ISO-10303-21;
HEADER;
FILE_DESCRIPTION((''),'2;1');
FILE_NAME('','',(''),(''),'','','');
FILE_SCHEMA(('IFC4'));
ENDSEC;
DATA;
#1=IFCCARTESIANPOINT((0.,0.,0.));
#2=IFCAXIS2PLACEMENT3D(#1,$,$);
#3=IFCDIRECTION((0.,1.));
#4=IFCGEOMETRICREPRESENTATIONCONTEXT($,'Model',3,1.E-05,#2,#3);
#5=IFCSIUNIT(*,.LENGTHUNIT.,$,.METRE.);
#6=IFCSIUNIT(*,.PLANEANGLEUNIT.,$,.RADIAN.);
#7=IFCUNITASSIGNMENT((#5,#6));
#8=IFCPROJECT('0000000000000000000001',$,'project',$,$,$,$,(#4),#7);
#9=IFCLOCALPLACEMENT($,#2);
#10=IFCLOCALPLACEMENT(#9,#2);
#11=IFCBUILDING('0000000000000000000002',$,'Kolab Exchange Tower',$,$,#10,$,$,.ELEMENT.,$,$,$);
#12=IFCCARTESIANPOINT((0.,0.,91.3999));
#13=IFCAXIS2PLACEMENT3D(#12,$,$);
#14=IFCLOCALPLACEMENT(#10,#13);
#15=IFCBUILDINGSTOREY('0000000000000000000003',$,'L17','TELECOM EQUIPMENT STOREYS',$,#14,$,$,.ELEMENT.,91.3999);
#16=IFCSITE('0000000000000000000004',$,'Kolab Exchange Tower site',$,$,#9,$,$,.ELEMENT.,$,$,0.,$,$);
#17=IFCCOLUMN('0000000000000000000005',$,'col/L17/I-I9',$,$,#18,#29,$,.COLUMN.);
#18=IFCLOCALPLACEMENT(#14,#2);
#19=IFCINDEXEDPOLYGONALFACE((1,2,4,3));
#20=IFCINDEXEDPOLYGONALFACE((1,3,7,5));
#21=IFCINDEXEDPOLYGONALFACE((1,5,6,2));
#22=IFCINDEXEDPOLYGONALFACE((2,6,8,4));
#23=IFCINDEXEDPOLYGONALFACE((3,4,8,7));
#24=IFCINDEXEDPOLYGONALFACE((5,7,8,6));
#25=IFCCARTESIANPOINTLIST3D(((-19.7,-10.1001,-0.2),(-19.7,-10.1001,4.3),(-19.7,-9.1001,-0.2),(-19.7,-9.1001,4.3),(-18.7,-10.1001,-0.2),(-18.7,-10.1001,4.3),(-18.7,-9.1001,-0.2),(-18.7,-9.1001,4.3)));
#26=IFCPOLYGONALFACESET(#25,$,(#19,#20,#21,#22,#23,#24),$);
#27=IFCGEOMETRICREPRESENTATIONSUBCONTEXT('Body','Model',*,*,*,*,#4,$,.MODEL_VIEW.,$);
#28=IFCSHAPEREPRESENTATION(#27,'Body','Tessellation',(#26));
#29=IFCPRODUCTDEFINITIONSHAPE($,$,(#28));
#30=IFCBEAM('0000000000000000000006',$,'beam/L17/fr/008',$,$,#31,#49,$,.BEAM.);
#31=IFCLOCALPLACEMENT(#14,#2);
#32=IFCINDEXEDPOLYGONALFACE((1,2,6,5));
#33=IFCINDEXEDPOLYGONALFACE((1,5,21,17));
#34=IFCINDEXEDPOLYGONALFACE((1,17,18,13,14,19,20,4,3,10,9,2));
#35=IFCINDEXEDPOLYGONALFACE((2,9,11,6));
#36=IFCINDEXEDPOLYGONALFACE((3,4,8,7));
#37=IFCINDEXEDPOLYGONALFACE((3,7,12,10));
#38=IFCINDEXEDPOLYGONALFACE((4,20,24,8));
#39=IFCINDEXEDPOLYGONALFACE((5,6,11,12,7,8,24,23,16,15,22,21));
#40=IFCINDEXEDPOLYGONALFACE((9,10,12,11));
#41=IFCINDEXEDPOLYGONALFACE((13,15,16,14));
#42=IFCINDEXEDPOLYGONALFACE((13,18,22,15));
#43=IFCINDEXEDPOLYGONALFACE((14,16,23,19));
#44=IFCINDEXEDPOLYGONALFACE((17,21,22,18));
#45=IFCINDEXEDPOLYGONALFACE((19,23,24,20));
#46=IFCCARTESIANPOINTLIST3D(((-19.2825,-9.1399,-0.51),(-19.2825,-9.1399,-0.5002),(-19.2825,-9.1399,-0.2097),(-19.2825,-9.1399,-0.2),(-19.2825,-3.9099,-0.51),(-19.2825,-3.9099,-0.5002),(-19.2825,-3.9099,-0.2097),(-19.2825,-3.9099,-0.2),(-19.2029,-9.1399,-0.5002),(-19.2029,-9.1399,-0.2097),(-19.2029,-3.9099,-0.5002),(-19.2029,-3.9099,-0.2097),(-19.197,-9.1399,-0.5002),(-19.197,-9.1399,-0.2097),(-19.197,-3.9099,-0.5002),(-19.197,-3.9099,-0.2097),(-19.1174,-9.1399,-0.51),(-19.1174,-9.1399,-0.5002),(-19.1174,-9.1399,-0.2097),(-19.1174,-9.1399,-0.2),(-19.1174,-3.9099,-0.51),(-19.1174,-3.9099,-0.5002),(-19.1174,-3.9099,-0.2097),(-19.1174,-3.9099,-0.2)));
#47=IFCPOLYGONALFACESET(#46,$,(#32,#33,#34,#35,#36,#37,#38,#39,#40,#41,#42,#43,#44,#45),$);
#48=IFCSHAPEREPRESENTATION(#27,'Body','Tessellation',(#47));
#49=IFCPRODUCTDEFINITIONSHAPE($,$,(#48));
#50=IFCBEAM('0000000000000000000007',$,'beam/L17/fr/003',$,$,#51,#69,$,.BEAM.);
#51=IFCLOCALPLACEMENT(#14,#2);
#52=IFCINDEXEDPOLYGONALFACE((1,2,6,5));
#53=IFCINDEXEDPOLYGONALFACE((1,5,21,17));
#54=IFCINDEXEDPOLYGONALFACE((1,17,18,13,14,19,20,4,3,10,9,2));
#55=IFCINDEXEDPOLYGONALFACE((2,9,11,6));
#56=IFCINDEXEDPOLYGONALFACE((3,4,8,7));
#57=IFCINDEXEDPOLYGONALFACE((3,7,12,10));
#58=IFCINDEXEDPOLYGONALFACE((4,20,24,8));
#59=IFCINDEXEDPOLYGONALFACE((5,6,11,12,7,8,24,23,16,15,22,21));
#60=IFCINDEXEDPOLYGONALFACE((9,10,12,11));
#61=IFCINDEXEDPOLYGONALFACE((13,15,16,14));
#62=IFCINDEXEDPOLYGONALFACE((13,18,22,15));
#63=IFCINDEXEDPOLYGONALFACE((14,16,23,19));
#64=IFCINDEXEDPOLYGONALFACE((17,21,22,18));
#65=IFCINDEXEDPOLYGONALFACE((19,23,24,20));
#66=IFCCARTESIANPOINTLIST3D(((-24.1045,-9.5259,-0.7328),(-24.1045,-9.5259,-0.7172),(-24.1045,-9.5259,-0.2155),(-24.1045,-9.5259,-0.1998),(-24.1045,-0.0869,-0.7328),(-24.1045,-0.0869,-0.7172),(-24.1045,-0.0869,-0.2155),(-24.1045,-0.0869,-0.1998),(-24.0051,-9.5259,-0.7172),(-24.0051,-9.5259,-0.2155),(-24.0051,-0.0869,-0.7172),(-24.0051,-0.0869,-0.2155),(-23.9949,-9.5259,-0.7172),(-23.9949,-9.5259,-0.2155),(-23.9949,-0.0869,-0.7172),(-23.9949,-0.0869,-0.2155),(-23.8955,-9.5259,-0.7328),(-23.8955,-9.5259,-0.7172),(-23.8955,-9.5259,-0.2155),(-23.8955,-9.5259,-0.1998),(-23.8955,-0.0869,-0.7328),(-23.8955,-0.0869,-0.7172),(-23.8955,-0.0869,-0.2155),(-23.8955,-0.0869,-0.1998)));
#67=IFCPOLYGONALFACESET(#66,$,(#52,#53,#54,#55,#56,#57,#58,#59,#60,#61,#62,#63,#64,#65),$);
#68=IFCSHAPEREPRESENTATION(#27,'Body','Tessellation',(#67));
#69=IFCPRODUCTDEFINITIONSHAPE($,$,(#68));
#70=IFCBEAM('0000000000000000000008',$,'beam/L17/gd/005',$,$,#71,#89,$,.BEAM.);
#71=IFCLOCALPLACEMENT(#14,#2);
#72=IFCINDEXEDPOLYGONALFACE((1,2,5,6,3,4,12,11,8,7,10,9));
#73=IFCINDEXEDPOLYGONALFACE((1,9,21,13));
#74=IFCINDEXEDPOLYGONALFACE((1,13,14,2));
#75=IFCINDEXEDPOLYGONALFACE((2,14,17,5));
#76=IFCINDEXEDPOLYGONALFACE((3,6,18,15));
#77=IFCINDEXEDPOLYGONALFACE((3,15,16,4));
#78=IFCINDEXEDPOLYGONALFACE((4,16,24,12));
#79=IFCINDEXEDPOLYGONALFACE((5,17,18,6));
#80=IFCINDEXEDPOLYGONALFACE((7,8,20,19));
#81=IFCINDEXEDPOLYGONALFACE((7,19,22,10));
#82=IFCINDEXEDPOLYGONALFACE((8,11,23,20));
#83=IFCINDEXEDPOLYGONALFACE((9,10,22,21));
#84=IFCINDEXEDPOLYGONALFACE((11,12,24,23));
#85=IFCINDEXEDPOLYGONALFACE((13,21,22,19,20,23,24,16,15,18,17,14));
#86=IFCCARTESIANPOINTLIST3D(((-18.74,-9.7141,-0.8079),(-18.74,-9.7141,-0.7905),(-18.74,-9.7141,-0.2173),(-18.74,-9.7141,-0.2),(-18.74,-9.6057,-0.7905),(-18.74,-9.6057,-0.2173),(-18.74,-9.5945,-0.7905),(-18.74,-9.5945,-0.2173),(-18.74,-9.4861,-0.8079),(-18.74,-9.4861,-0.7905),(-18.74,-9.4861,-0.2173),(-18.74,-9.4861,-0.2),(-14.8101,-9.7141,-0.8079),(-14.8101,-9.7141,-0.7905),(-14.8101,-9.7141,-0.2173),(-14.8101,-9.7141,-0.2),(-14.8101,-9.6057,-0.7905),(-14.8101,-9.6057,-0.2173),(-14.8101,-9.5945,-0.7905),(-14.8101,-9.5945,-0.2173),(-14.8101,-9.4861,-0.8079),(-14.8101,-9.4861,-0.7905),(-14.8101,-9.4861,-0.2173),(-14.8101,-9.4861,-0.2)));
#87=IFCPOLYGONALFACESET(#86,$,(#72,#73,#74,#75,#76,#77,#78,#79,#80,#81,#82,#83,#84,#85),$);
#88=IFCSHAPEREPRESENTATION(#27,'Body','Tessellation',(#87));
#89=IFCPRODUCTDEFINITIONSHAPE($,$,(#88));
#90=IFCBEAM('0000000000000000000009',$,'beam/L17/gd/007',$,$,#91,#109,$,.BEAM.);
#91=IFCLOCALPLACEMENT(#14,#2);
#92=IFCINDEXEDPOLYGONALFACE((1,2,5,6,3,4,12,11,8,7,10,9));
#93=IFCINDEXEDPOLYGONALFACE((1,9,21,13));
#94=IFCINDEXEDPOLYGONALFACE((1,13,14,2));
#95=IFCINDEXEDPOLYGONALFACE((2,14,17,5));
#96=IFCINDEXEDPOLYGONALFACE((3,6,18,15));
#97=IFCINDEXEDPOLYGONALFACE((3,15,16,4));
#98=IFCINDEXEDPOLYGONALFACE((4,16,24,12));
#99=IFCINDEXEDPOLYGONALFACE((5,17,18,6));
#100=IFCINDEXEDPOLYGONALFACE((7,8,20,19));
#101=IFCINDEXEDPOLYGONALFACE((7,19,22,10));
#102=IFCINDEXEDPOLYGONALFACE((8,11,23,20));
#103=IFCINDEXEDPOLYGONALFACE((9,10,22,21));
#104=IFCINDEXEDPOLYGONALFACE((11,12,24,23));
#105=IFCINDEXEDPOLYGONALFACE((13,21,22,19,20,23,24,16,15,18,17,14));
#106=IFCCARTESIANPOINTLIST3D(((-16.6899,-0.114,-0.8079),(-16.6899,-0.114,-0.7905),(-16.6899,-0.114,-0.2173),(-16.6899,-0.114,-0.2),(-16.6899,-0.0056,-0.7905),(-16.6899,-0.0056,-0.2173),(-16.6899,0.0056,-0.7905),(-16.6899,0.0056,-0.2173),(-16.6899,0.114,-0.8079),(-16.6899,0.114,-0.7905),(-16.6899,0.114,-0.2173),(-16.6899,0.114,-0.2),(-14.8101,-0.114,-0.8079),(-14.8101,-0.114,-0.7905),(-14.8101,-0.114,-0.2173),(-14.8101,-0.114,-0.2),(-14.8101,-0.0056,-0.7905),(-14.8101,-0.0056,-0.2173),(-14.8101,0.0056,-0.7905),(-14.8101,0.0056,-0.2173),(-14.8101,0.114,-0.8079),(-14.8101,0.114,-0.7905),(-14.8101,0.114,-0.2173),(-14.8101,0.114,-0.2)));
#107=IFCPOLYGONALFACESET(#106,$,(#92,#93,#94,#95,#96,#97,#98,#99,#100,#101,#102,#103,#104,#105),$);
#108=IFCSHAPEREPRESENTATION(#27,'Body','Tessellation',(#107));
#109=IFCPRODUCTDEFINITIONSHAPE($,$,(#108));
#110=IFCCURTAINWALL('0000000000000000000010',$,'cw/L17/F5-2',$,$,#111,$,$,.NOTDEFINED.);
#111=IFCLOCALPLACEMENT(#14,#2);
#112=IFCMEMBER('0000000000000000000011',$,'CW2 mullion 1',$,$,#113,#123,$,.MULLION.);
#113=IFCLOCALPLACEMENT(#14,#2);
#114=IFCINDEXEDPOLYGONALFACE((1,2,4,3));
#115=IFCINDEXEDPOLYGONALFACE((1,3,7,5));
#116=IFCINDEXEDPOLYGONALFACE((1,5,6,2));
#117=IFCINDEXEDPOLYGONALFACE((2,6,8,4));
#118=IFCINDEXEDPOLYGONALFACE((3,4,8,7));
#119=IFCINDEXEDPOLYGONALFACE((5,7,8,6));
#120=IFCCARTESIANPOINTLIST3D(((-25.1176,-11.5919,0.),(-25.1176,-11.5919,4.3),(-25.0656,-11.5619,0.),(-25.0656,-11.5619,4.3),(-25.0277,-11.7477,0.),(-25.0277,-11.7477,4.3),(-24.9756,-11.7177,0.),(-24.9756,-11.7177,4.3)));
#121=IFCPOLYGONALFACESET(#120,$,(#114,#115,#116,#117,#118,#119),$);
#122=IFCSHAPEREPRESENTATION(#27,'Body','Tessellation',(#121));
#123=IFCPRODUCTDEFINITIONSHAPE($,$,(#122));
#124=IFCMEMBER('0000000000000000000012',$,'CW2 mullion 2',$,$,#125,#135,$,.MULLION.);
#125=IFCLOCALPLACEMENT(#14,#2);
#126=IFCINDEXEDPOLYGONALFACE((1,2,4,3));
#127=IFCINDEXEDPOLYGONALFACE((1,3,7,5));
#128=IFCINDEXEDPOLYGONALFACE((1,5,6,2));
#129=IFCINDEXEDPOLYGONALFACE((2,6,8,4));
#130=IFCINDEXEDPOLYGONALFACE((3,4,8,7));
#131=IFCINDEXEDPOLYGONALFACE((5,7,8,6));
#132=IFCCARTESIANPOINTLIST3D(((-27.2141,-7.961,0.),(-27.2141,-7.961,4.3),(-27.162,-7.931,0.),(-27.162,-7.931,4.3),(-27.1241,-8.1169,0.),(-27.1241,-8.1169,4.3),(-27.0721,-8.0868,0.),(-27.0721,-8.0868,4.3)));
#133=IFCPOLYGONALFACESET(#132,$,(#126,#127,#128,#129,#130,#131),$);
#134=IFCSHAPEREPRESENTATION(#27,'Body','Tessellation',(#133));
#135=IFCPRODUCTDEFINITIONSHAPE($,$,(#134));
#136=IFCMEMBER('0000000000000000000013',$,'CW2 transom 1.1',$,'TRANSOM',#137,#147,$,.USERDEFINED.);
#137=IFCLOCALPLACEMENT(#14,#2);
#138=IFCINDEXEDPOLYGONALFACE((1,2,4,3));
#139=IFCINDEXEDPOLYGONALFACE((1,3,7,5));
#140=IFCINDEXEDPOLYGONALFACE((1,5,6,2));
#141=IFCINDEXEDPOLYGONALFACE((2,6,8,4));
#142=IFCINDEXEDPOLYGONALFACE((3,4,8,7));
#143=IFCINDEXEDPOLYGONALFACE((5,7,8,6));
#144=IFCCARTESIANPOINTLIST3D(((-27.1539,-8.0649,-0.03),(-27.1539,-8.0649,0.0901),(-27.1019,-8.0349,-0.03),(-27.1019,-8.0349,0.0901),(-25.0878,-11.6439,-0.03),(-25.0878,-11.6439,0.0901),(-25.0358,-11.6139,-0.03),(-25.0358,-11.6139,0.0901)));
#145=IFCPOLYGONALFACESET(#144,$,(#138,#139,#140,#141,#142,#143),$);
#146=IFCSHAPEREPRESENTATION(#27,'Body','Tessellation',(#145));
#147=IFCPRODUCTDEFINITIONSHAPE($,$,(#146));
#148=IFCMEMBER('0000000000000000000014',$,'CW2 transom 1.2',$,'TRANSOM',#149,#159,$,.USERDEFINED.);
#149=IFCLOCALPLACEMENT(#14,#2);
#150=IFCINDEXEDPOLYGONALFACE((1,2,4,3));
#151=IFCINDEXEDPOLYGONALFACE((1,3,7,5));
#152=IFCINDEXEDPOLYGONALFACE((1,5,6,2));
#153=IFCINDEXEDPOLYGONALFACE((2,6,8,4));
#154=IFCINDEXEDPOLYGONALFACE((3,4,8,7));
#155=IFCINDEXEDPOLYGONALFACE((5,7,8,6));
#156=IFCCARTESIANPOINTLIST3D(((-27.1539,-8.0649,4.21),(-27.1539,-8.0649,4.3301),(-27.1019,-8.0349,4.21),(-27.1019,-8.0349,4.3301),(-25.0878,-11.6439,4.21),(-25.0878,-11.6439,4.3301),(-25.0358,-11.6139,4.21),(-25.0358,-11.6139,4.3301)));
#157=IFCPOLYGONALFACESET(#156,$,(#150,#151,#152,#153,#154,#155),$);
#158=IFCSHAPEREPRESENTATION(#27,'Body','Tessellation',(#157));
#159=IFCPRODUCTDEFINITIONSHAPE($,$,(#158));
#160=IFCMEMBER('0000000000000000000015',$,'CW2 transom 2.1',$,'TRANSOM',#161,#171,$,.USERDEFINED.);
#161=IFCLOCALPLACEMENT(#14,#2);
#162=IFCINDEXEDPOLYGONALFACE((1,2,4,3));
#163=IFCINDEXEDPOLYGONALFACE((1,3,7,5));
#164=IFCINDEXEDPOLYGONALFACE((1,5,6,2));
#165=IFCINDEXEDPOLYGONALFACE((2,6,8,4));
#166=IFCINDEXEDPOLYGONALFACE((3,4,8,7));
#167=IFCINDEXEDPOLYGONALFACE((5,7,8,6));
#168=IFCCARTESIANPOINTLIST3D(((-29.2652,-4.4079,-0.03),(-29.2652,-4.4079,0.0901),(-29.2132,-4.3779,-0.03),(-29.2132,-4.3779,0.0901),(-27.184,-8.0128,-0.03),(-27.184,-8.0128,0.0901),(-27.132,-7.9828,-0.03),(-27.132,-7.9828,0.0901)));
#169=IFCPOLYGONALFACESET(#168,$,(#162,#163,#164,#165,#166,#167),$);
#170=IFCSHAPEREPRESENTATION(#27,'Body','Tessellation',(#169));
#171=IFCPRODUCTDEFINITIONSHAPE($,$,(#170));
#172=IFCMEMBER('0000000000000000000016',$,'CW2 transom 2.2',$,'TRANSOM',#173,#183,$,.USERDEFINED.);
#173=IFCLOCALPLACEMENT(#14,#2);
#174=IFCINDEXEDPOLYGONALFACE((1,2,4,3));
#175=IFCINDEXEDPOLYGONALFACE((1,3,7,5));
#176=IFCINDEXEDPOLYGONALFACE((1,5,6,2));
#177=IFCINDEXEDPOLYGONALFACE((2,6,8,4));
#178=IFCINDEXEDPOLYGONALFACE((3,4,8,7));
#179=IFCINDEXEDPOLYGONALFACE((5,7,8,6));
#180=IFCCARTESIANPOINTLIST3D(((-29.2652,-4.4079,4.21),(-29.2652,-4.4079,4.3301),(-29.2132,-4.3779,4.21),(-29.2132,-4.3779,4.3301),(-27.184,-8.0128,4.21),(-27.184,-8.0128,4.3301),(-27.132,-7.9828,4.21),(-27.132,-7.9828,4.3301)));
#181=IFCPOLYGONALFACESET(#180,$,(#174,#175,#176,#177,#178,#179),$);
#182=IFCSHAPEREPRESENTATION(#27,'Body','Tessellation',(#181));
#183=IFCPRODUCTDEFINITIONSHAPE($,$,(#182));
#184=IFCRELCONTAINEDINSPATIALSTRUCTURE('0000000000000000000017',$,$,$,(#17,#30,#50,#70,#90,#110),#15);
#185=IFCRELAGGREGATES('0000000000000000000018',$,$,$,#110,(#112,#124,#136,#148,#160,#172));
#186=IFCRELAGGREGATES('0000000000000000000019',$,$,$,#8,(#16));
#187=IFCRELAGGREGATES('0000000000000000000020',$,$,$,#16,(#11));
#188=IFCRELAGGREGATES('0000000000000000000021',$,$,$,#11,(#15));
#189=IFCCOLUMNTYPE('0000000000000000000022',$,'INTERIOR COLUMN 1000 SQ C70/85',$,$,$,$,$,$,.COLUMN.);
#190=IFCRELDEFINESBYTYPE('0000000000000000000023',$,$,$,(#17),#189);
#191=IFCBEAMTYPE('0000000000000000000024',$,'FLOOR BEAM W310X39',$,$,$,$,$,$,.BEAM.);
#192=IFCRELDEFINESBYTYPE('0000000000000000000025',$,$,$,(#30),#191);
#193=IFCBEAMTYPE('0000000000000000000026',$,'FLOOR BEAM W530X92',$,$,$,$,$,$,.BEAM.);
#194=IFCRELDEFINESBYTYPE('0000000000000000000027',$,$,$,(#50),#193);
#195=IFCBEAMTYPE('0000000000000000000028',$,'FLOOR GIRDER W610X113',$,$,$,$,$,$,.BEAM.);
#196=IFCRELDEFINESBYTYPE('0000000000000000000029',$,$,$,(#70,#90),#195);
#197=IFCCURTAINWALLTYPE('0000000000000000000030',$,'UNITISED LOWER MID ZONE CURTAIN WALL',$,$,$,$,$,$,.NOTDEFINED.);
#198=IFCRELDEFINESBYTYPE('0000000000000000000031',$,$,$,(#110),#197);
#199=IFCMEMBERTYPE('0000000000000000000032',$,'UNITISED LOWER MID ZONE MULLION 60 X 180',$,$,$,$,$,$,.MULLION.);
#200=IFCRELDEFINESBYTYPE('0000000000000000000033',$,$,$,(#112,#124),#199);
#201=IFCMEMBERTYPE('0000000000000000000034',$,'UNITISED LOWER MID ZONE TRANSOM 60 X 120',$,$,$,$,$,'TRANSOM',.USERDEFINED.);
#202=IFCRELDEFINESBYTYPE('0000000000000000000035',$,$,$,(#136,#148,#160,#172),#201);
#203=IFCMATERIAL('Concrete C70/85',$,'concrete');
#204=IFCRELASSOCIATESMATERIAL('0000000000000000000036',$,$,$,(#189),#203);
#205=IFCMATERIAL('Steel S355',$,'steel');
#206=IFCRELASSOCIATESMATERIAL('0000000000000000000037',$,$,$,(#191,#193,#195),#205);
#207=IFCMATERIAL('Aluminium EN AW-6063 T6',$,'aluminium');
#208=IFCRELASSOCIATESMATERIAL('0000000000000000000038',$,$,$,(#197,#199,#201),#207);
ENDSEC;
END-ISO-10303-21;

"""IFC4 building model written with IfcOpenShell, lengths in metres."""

from ifc_helpers import new_model, si_unit, direction, frame, origin, origin_2d, place, context, subcontext, project, spatial, rectangle, i_section, extrude, material, material_profile, profile_set, type_object, element, aggregate, save


model = new_model("IFC4")

# Units and contexts
model_context = context("Model", 3, precision=1e-05, world=origin(), true_north=direction((0.0, 1.0)))
body_context = subcontext(model_context, "Body", "Model", "MODEL_VIEW")
ifc_project = project(units=[si_unit("LENGTHUNIT", "METRE"), si_unit("PLANEANGLEUNIT", "RADIAN")], contexts=[model_context])

# Site, building, storey
site_placement = place(None, origin())
site = spatial("IfcSite", under=ifc_project, at=site_placement, Name="Kolab Exchange Tower site", CompositionType="ELEMENT", RefElevation=0.0)
building_placement = place(site_placement, origin())
building = spatial("IfcBuilding", under=site, at=building_placement, Name="Kolab Exchange Tower", CompositionType="ELEMENT")
storey_placement = place(building_placement, frame((0.0, 0.0, 91.3999)))
storey = spatial("IfcBuildingStorey", under=building, at=storey_placement, Name="L17", Description="TELECOM EQUIPMENT STOREYS", CompositionType="ELEMENT", Elevation=91.3999)

# Column
ifc_material_1 = material(Name="Concrete C70/85", Category="concrete")
ifc_material_profile_1 = material_profile(ifc_material_1, rectangle(XDim=1.0, YDim=1.0, at=origin_2d()), Name="RC1000")
ifc_profile_set_1 = profile_set([ifc_material_profile_1], Name="Concrete C70/85")
column_type = type_object("IfcColumnType", Name="INTERIOR COLUMN 1000 SQ C70/85", PredefinedType="COLUMN", material=ifc_profile_set_1)
column_placement = place(storey_placement, frame((-19.2, -9.6001, -0.2), z_axis=(0.0, 0.0, 1.0), x_axis=(1.0, 0.0, 0.0)))
element("IfcColumn", 1, at=column_placement, inside=storey, type_object=column_type, Name="col/L17/I-I9", PredefinedType="COLUMN", context=body_context, shape_type="SweptSolid", body=[
    extrude(rectangle(XDim=1.0, YDim=1.0, at=origin_2d()), origin(), (0.0, 0.0, 1.0), 4.5),
])

# Beams
ifc_material_2 = material(Name="Steel S355", Category="steel")
ifc_material_profile_2 = material_profile(ifc_material_2, i_section(OverallWidth=0.165, OverallDepth=0.3101, WebThickness=0.0059, FlangeThickness=0.0098, at=origin_2d()), Name="W310X39")
ifc_profile_set_2 = profile_set([ifc_material_profile_2], Name="Steel S355")
beam_type_1 = type_object("IfcBeamType", Name="FLOOR BEAM W310X39", PredefinedType="BEAM", material=ifc_profile_set_2)
beam_1_placement = place(storey_placement, frame((-19.2, -9.1399, -0.355), z_axis=(0.0, 1.0, 0.0), x_axis=(-1.0, 0.0, 0.0)))
element("IfcBeam", 2, at=beam_1_placement, inside=storey, type_object=beam_type_1, Name="beam/L17/fr/008", PredefinedType="BEAM", context=body_context, shape_type="SweptSolid", body=[
    extrude(i_section(OverallWidth=0.165, OverallDepth=0.3101, WebThickness=0.0059, FlangeThickness=0.0098, at=origin_2d()), origin(), (0.0, 0.0, 1.0), 5.23),
])
ifc_material_profile_3 = material_profile(ifc_material_2, i_section(OverallWidth=0.209, OverallDepth=0.533, WebThickness=0.0103, FlangeThickness=0.0156, at=origin_2d()), Name="W530X92")
ifc_profile_set_3 = profile_set([ifc_material_profile_3], Name="Steel S355")
beam_type_2 = type_object("IfcBeamType", Name="FLOOR BEAM W530X92", PredefinedType="BEAM", material=ifc_profile_set_3)
beam_2_placement = place(storey_placement, frame((-24.0, -9.5259, -0.4663), z_axis=(0.0, 1.0, 0.0), x_axis=(-1.0, 0.0, 0.0)))
element("IfcBeam", 3, at=beam_2_placement, inside=storey, type_object=beam_type_2, Name="beam/L17/fr/003", PredefinedType="BEAM", context=body_context, shape_type="SweptSolid", body=[
    extrude(i_section(OverallWidth=0.209, OverallDepth=0.533, WebThickness=0.0103, FlangeThickness=0.0156, at=origin_2d()), origin(), (0.0, 0.0, 1.0), 9.439),
])
ifc_material_profile_4 = material_profile(ifc_material_2, i_section(OverallWidth=0.228, OverallDepth=0.6079, WebThickness=0.0112, FlangeThickness=0.0173, at=origin_2d()), Name="W610X113")
ifc_profile_set_4 = profile_set([ifc_material_profile_4], Name="Steel S355")
beam_type_3 = type_object("IfcBeamType", Name="FLOOR GIRDER W610X113", PredefinedType="BEAM", material=ifc_profile_set_4)
beam_3_placement = place(storey_placement, frame((-18.74, -9.6001, -0.5039), z_axis=(1.0, 0.0, 0.0), x_axis=(0.0, 1.0, 0.0)))
element("IfcBeam", 4, at=beam_3_placement, inside=storey, type_object=beam_type_3, Name="beam/L17/gd/005", PredefinedType="BEAM", context=body_context, shape_type="SweptSolid", body=[
    extrude(i_section(OverallWidth=0.228, OverallDepth=0.6079, WebThickness=0.0112, FlangeThickness=0.0173, at=origin_2d()), origin(), (0.0, 0.0, 1.0), 3.9299),
])
beam_4_placement = place(storey_placement, frame((-16.6899, 0.0, -0.5039), z_axis=(1.0, 0.0, 0.0), x_axis=(0.0, 1.0, 0.0)))
element("IfcBeam", 5, at=beam_4_placement, inside=storey, type_object=beam_type_3, Name="beam/L17/gd/007", PredefinedType="BEAM", context=body_context, shape_type="SweptSolid", body=[
    extrude(i_section(OverallWidth=0.228, OverallDepth=0.6079, WebThickness=0.0112, FlangeThickness=0.0173, at=origin_2d()), origin(), (0.0, 0.0, 1.0), 1.8799),
])

# Curtain wall, members
ifc_material_3 = material(Name="Aluminium EN AW-6063 T6", Category="aluminium")
curtain_wall_type = type_object("IfcCurtainWallType", Name="UNITISED LOWER MID ZONE CURTAIN WALL", PredefinedType="NOTDEFINED", material=ifc_material_3)
curtain_wall_placement = place(storey_placement, origin())
curtain_wall = element("IfcCurtainWall", 6, at=curtain_wall_placement, inside=storey, type_object=curtain_wall_type, Name="cw/L17/F5-2", PredefinedType="NOTDEFINED")
ifc_material_profile_5 = material_profile(ifc_material_3, rectangle(XDim=0.0601, YDim=0.1799, at=origin_2d()), Name="RECT 60X180")
ifc_profile_set_5 = profile_set([ifc_material_profile_5], Name="Aluminium EN AW-6063 T6")
member_type_1 = type_object("IfcMemberType", Name="UNITISED LOWER MID ZONE MULLION 60 X 180", PredefinedType="MULLION", material=ifc_profile_set_5)
member_1_placement = place(storey_placement, frame((-25.0466, -11.6548, 0.0), z_axis=(0.0, 0.0, 1.0), x_axis=(-0.866025, -0.5, 0.0)))
member_1 = element("IfcMember", 7, at=member_1_placement, type_object=member_type_1, Name="CW2 mullion 1", PredefinedType="MULLION", context=body_context, shape_type="SweptSolid", body=[
    extrude(rectangle(XDim=0.0601, YDim=0.1799, at=origin_2d()), origin(), (0.0, 0.0, 1.0), 4.3),
])
member_2_placement = place(storey_placement, frame((-27.1431, -8.0239, 0.0), z_axis=(0.0, 0.0, 1.0), x_axis=(-0.866025, -0.5, 0.0)))
member_2 = element("IfcMember", 8, at=member_2_placement, type_object=member_type_1, Name="CW2 mullion 2", PredefinedType="MULLION", context=body_context, shape_type="SweptSolid", body=[
    extrude(rectangle(XDim=0.0601, YDim=0.1799, at=origin_2d()), origin(), (0.0, 0.0, 1.0), 4.3),
])
ifc_material_profile_6 = material_profile(ifc_material_3, rectangle(XDim=0.0601, YDim=0.1201, at=origin_2d()), Name="RECT 60X120")
ifc_profile_set_6 = profile_set([ifc_material_profile_6], Name="Aluminium EN AW-6063 T6")
member_type_2 = type_object("IfcMemberType", Name="UNITISED LOWER MID ZONE TRANSOM 60 X 120", ElementType="TRANSOM", PredefinedType="USERDEFINED", material=ifc_profile_set_6)
member_3_placement = place(storey_placement, frame((-25.0618, -11.6289, 0.03), z_axis=(-0.499958, 0.86605, 0.0), x_axis=(-0.86605, -0.499958, 0.0)))
member_3 = element("IfcMember", 9, at=member_3_placement, type_object=member_type_2, Name="CW2 transom 1.1", ObjectType="TRANSOM", PredefinedType="USERDEFINED", context=body_context, shape_type="SweptSolid", body=[
    extrude(rectangle(XDim=0.0601, YDim=0.1201, at=origin_2d()), origin(), (0.0, 0.0, 1.0), 4.1326),
])
member_4_placement = place(storey_placement, frame((-25.0618, -11.6289, 4.27), z_axis=(-0.499958, 0.86605, 0.0), x_axis=(-0.86605, -0.499958, 0.0)))
member_4 = element("IfcMember", 10, at=member_4_placement, type_object=member_type_2, Name="CW2 transom 1.2", ObjectType="TRANSOM", PredefinedType="USERDEFINED", context=body_context, shape_type="SweptSolid", body=[
    extrude(rectangle(XDim=0.0601, YDim=0.1201, at=origin_2d()), origin(), (0.0, 0.0, 1.0), 4.1326),
])
member_5_placement = place(storey_placement, frame((-27.158, -7.9978, 0.03), z_axis=(-0.499993, 0.866029, 0.0), x_axis=(-0.866029, -0.499993, 0.0)))
member_5 = element("IfcMember", 11, at=member_5_placement, type_object=member_type_2, Name="CW2 transom 2.1", ObjectType="TRANSOM", PredefinedType="USERDEFINED", context=body_context, shape_type="SweptSolid", body=[
    extrude(rectangle(XDim=0.0601, YDim=0.1201, at=origin_2d()), origin(), (0.0, 0.0, 1.0), 4.1626),
])
member_6_placement = place(storey_placement, frame((-27.158, -7.9978, 4.27), z_axis=(-0.499993, 0.866029, 0.0), x_axis=(-0.866029, -0.499993, 0.0)))
member_6 = element("IfcMember", 12, at=member_6_placement, type_object=member_type_2, Name="CW2 transom 2.2", ObjectType="TRANSOM", PredefinedType="USERDEFINED", context=body_context, shape_type="SweptSolid", body=[
    extrude(rectangle(XDim=0.0601, YDim=0.1201, at=origin_2d()), origin(), (0.0, 0.0, 1.0), 4.1626),
])
aggregate(curtain_wall, [member_1, member_2, member_3, member_4, member_5, member_6])

save(model, "model.ifc")
